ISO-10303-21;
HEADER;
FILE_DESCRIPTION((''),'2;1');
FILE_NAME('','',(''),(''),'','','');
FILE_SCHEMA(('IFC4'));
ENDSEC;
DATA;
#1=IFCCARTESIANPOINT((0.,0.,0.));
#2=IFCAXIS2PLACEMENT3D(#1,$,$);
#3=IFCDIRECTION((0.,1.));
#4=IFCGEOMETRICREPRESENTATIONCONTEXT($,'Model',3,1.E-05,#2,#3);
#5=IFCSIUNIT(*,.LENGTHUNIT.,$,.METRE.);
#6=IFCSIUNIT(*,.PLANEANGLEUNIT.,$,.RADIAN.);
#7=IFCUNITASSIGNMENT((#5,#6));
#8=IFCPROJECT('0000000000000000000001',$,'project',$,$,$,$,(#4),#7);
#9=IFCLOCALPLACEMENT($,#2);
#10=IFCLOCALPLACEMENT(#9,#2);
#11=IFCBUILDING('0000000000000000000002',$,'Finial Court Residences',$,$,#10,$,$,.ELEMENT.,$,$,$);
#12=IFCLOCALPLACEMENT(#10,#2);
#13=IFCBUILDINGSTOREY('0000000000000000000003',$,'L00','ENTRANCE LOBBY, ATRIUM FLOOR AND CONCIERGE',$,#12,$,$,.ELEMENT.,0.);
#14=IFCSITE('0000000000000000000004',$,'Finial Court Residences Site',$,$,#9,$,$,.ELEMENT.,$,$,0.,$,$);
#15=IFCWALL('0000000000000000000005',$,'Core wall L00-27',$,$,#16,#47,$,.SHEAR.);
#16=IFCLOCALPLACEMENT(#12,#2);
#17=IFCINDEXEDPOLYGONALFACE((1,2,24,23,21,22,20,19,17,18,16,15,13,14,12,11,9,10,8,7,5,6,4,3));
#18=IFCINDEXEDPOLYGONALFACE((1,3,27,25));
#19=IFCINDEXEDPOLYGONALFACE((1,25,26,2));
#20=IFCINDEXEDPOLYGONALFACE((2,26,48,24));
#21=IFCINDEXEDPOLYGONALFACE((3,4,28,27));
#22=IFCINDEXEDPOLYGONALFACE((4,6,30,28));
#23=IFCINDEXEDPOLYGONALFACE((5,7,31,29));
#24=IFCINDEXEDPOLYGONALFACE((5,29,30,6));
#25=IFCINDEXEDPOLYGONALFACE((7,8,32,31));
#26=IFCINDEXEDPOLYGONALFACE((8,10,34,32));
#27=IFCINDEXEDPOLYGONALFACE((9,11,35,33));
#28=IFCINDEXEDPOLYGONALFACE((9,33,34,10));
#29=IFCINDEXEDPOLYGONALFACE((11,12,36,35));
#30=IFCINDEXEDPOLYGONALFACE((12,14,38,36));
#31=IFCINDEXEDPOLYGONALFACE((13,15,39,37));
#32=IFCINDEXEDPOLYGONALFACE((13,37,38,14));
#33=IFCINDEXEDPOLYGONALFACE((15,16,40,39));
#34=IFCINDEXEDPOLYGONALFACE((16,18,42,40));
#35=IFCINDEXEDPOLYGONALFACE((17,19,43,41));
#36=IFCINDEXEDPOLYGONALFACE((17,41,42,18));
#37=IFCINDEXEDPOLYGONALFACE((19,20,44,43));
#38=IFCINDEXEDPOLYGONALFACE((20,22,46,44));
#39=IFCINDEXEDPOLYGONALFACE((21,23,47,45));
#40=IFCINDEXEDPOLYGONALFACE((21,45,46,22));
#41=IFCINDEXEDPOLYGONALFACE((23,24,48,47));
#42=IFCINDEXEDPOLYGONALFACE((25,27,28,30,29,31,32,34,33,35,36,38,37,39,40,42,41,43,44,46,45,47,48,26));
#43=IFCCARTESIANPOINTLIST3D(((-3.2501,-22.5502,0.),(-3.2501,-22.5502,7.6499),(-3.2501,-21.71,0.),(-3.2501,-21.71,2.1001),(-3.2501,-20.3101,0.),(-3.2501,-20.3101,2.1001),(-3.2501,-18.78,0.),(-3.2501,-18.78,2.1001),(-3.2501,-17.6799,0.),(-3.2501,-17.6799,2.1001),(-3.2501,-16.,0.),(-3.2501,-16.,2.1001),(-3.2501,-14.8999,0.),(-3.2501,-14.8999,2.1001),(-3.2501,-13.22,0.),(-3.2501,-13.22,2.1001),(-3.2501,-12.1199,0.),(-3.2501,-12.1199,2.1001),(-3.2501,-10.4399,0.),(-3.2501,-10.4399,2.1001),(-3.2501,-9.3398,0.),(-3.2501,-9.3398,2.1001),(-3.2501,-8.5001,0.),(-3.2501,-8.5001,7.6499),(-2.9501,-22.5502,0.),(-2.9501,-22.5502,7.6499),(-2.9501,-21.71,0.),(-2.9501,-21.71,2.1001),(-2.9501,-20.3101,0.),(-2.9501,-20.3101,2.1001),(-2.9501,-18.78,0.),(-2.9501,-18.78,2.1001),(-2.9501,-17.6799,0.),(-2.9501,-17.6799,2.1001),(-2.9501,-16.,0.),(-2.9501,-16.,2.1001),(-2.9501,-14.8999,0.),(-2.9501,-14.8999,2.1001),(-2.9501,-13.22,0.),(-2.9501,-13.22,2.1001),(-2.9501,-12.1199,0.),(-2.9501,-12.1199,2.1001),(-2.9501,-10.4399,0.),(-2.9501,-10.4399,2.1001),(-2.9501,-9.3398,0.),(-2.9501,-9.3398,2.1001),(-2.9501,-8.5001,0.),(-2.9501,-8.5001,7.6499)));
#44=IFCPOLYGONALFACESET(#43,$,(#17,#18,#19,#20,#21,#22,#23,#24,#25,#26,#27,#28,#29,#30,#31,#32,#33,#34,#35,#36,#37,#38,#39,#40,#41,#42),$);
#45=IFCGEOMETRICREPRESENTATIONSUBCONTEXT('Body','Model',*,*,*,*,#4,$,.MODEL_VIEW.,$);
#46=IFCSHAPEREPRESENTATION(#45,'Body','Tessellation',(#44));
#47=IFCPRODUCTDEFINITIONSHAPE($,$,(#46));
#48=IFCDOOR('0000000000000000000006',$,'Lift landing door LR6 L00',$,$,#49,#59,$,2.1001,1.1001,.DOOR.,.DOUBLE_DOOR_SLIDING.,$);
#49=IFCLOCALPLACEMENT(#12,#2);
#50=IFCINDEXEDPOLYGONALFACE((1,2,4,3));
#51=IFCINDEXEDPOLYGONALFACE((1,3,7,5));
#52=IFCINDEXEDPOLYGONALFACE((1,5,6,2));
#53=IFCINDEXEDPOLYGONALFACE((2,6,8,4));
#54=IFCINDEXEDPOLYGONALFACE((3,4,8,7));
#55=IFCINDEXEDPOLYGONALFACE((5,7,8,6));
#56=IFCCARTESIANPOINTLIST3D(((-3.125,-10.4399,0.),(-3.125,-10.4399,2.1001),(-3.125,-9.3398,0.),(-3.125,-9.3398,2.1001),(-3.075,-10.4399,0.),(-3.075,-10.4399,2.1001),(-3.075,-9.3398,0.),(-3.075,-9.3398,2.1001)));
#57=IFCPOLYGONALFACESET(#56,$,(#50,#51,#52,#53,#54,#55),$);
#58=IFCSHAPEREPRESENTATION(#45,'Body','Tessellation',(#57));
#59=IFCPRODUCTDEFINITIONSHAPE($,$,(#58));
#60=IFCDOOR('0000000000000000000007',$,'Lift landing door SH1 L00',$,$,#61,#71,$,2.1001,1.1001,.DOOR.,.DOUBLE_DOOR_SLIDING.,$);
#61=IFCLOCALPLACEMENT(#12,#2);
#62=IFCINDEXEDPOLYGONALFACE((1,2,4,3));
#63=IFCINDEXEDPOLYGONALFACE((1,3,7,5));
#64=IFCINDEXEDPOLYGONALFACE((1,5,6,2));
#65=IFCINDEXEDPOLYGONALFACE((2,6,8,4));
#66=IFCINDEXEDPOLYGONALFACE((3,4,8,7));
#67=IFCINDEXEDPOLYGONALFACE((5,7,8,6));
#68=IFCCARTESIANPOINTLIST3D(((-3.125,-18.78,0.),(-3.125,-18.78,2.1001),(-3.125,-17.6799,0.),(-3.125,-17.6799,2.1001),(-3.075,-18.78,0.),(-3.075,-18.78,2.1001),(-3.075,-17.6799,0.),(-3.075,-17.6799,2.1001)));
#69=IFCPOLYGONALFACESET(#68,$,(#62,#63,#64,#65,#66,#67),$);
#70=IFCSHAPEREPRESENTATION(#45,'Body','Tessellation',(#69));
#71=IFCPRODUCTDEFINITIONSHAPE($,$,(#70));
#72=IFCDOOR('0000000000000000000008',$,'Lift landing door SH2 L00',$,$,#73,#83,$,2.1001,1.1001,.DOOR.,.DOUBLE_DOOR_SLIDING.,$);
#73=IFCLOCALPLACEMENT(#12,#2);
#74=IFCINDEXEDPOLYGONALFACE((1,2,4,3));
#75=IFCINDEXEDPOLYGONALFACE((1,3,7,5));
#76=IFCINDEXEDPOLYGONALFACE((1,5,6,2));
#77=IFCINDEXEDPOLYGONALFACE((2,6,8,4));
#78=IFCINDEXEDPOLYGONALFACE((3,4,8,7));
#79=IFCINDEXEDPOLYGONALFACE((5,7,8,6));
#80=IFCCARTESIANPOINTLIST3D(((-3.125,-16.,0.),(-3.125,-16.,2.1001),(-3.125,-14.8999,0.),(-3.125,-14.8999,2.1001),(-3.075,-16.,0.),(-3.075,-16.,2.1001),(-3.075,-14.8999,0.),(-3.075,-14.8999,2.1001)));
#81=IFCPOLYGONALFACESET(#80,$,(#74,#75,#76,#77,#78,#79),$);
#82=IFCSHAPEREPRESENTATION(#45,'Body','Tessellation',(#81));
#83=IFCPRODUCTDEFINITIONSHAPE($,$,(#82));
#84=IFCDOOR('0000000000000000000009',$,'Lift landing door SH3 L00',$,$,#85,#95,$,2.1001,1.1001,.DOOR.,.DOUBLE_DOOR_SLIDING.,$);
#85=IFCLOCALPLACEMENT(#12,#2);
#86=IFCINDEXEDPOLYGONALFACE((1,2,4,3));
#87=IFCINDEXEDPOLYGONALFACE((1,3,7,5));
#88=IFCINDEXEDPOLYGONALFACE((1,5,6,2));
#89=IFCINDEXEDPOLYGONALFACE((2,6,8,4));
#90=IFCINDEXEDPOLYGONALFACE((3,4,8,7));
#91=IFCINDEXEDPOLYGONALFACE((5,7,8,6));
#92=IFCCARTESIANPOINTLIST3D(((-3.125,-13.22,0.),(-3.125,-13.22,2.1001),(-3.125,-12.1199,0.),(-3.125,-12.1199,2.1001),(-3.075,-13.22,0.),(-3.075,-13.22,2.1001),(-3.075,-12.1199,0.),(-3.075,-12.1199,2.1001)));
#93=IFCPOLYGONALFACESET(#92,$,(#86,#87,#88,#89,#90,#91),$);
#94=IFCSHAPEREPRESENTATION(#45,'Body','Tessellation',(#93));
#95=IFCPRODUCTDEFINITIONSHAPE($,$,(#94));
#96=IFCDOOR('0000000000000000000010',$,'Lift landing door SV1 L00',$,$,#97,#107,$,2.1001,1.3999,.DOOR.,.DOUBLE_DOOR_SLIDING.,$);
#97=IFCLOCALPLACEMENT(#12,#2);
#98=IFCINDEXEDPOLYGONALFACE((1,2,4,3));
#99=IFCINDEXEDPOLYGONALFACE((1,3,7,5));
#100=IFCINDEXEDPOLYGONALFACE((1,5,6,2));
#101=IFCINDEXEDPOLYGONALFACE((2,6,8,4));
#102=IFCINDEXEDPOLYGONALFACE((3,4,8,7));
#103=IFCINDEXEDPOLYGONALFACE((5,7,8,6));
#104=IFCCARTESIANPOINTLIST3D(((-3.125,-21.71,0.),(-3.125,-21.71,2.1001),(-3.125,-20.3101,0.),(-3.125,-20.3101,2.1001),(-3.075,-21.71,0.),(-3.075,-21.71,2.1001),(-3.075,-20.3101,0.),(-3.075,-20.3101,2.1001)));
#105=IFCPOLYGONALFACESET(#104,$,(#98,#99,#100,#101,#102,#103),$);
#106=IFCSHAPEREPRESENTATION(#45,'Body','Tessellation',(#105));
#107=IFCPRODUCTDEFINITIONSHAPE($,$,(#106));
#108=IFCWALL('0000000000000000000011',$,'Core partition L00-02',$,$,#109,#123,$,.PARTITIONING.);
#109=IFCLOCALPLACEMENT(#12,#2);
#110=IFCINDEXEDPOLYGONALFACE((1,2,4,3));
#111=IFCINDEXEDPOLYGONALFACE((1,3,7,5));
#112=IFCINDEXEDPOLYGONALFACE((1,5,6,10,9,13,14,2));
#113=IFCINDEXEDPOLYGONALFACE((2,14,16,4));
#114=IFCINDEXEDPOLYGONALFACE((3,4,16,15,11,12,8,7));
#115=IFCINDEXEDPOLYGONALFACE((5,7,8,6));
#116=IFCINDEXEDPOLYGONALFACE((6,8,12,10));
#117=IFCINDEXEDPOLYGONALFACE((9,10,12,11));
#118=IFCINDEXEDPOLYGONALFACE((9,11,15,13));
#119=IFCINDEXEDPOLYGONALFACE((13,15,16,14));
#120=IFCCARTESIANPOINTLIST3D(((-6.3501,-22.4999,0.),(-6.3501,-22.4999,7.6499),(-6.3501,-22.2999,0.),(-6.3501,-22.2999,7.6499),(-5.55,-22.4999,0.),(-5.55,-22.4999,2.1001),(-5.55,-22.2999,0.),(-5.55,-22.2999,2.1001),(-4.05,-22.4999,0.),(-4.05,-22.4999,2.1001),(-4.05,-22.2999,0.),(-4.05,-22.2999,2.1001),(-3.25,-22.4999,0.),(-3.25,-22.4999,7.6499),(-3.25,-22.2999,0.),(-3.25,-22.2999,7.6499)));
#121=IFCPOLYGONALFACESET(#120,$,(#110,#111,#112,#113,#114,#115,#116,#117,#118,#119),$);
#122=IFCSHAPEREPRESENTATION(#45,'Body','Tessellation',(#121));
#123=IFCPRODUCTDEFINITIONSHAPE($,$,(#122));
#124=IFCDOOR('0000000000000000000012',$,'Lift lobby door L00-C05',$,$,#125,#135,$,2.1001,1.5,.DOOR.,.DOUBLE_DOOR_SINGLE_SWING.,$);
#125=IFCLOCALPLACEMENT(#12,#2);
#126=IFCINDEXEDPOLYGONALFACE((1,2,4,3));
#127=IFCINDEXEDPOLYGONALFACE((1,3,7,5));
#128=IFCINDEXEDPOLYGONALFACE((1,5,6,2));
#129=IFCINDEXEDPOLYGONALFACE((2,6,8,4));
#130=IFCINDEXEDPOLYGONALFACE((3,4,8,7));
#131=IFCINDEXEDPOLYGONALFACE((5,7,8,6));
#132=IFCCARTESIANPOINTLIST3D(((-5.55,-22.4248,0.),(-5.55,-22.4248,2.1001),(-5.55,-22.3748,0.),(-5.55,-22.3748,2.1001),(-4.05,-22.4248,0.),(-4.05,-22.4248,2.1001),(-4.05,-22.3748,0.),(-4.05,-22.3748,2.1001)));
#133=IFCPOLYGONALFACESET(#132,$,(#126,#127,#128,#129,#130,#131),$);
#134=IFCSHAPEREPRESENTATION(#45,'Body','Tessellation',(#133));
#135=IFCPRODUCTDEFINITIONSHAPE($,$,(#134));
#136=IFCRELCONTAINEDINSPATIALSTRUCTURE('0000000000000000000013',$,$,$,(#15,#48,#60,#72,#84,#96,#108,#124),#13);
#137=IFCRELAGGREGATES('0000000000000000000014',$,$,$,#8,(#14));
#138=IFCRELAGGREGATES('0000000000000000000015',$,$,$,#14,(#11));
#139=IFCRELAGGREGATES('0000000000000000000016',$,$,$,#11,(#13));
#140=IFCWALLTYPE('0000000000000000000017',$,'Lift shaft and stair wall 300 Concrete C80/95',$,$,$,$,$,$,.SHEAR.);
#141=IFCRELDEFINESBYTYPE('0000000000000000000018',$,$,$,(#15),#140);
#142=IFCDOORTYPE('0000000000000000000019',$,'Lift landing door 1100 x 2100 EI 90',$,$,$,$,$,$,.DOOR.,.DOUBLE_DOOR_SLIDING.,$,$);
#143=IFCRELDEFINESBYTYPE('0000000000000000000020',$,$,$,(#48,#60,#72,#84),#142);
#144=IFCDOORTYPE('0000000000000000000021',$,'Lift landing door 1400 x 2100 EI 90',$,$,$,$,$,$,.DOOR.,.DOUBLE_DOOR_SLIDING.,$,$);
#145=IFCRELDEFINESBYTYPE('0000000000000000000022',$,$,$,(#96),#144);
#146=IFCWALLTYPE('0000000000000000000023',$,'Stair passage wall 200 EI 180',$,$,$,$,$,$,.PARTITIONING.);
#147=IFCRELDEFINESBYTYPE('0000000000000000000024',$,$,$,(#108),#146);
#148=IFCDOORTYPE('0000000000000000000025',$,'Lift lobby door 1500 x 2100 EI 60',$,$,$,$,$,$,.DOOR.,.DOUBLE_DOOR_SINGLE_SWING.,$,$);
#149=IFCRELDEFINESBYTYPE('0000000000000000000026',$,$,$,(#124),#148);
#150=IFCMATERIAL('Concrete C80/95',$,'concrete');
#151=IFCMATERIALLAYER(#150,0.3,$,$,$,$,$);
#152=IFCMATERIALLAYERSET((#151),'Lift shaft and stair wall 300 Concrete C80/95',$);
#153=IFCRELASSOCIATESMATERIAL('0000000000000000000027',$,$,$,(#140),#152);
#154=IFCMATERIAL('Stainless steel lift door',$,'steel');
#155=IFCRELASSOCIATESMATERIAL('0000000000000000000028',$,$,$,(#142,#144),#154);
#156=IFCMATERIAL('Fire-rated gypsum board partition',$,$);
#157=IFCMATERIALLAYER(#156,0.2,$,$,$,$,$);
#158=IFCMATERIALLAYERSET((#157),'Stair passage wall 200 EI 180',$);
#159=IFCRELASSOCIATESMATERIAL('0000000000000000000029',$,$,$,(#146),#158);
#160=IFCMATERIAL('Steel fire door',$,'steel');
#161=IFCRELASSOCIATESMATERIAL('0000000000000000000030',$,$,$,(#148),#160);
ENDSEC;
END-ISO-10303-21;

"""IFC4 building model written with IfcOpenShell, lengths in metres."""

from ifc_helpers import new_model, si_unit, direction, frame, frame_2d, origin, place, context, subcontext, project, spatial, rectangle, extrude, material, layer, layer_set, type_object, element, fill, save


model = new_model("IFC4")

# Units and contexts
model_context = context("Model", 3, precision=1e-05, world=origin(), true_north=direction((0.0, 1.0)))
body_context = subcontext(model_context, "Body", "Model", "MODEL_VIEW")
ifc_project = project(units=[si_unit("LENGTHUNIT", "METRE"), si_unit("PLANEANGLEUNIT", "RADIAN")], contexts=[model_context])

# Site, building, storey
site_placement = place(None, origin())
site = spatial("IfcSite", under=ifc_project, at=site_placement, Name="Finial Court Residences Site", CompositionType="ELEMENT", RefElevation=0.0)
building_placement = place(site_placement, origin())
building = spatial("IfcBuilding", under=site, at=building_placement, Name="Finial Court Residences", CompositionType="ELEMENT")
storey_placement = place(building_placement, origin())
storey = spatial("IfcBuildingStorey", under=building, at=storey_placement, Name="L00", Description="ENTRANCE LOBBY, ATRIUM FLOOR AND CONCIERGE", CompositionType="ELEMENT", Elevation=0.0)

# Shared definitions
ifc_material_1 = material(Name="Concrete C80/95", Category="concrete")

# Shared definitions
ifc_layer_1 = layer(ifc_material_1, 0.3)
ifc_layer_set_1 = layer_set([ifc_layer_1], Name="Lift shaft and stair wall 300 Concrete C80/95")
wall_type_1 = type_object("IfcWallType", Name="Lift shaft and stair wall 300 Concrete C80/95", PredefinedType="SHEAR", material=ifc_layer_set_1)

# Wall, openings, doors
ifc_material_2 = material(Name="Stainless steel lift door", Category="steel")
door_type_1 = type_object("IfcDoorType", Name="Lift landing door 1100 x 2100 EI 90", OperationType="DOUBLE_DOOR_SLIDING", PredefinedType="DOOR", material=ifc_material_2)
wall_1_placement = place(storey_placement, frame((-3.1001, -22.55, 0.0), z_axis=(0.0, 0.0, 1.0), x_axis=(0.0, 1.0, 0.0)))
wall_1 = element("IfcWall", 1, at=wall_1_placement, inside=storey, type_object=wall_type_1, Name="Core wall L00-27", PredefinedType="SHEAR", context=body_context, shape_type="SweptSolid", body=[
    extrude(rectangle(XDim=14.05, YDim=0.3, at=frame_2d((7.0249, 0.0))), origin(), (0.0, 0.0, 1.0), 7.6499),
])
opening_1_placement = place(wall_1_placement, frame((12.1101, 0.0, 0.0)))
opening_1 = element("IfcOpeningElement", 2, at=opening_1_placement, cuts=wall_1, PredefinedType="OPENING", context=body_context, shape_type="SweptSolid", body=[
    extrude(rectangle(XDim=1.1001, YDim=2.1001, at=frame_2d((0.55, 1.05))), frame((0.0, 0.1599, 0.0), z_axis=(0.0, -1.0, 0.0), x_axis=(1.0, 0.0, 0.0)), (0.0, 0.0, 1.0), 0.3201),
])
opening_2_placement = place(wall_1_placement, frame((3.77, 0.0, 0.0)))
opening_2 = element("IfcOpeningElement", 3, at=opening_2_placement, cuts=wall_1, PredefinedType="OPENING", context=body_context, shape_type="SweptSolid", body=[
    extrude(rectangle(XDim=1.1001, YDim=2.1001, at=frame_2d((0.55, 1.05))), frame((0.0, 0.1599, 0.0), z_axis=(0.0, -1.0, 0.0), x_axis=(1.0, 0.0, 0.0)), (0.0, 0.0, 1.0), 0.3201),
])
opening_3_placement = place(wall_1_placement, frame((6.55, 0.0, 0.0)))
opening_3 = element("IfcOpeningElement", 4, at=opening_3_placement, cuts=wall_1, PredefinedType="OPENING", context=body_context, shape_type="SweptSolid", body=[
    extrude(rectangle(XDim=1.1001, YDim=2.1001, at=frame_2d((0.55, 1.05))), frame((0.0, 0.1599, 0.0), z_axis=(0.0, -1.0, 0.0), x_axis=(1.0, 0.0, 0.0)), (0.0, 0.0, 1.0), 0.3201),
])
opening_4_placement = place(wall_1_placement, frame((9.3301, 0.0, 0.0)))
opening_4 = element("IfcOpeningElement", 5, at=opening_4_placement, cuts=wall_1, PredefinedType="OPENING", context=body_context, shape_type="SweptSolid", body=[
    extrude(rectangle(XDim=1.1001, YDim=2.1001, at=frame_2d((0.55, 1.05))), frame((0.0, 0.1599, 0.0), z_axis=(0.0, -1.0, 0.0), x_axis=(1.0, 0.0, 0.0)), (0.0, 0.0, 1.0), 0.3201),
])
opening_5_placement = place(wall_1_placement, frame((0.8401, 0.0, 0.0)))
opening_5 = element("IfcOpeningElement", 6, at=opening_5_placement, cuts=wall_1, PredefinedType="OPENING", context=body_context, shape_type="SweptSolid", body=[
    extrude(rectangle(XDim=1.3999, YDim=2.1001, at=frame_2d((0.7, 1.05))), frame((0.0, 0.1599, 0.0), z_axis=(0.0, -1.0, 0.0), x_axis=(1.0, 0.0, 0.0)), (0.0, 0.0, 1.0), 0.3201),
])
door_1_placement = place(opening_1_placement, origin())
door_1 = element("IfcDoor", 7, at=door_1_placement, inside=storey, type_object=door_type_1, Name="Lift landing door LR6 L00", OperationType="DOUBLE_DOOR_SLIDING", OverallHeight=2.1001, OverallWidth=1.1001, PredefinedType="DOOR", context=body_context, shape_type="SweptSolid", body=[
    extrude(rectangle(XDim=1.1001, YDim=2.1001, at=frame_2d((0.55, 1.05))), frame((0.0, 0.0249, 0.0), z_axis=(0.0, -1.0, 0.0), x_axis=(1.0, 0.0, 0.0)), (0.0, 0.0, 1.0), 0.05),
])
fill(opening_1, door_1)
door_2_placement = place(opening_2_placement, origin())
door_2 = element("IfcDoor", 8, at=door_2_placement, inside=storey, type_object=door_type_1, Name="Lift landing door SH1 L00", OperationType="DOUBLE_DOOR_SLIDING", OverallHeight=2.1001, OverallWidth=1.1001, PredefinedType="DOOR", context=body_context, shape_type="SweptSolid", body=[
    extrude(rectangle(XDim=1.1001, YDim=2.1001, at=frame_2d((0.55, 1.05))), frame((0.0, 0.0249, 0.0), z_axis=(0.0, -1.0, 0.0), x_axis=(1.0, 0.0, 0.0)), (0.0, 0.0, 1.0), 0.05),
])
fill(opening_2, door_2)
door_3_placement = place(opening_3_placement, origin())
door_3 = element("IfcDoor", 9, at=door_3_placement, inside=storey, type_object=door_type_1, Name="Lift landing door SH2 L00", OperationType="DOUBLE_DOOR_SLIDING", OverallHeight=2.1001, OverallWidth=1.1001, PredefinedType="DOOR", context=body_context, shape_type="SweptSolid", body=[
    extrude(rectangle(XDim=1.1001, YDim=2.1001, at=frame_2d((0.55, 1.05))), frame((0.0, 0.0249, 0.0), z_axis=(0.0, -1.0, 0.0), x_axis=(1.0, 0.0, 0.0)), (0.0, 0.0, 1.0), 0.05),
])
fill(opening_3, door_3)
door_4_placement = place(opening_4_placement, origin())
door_4 = element("IfcDoor", 10, at=door_4_placement, inside=storey, type_object=door_type_1, Name="Lift landing door SH3 L00", OperationType="DOUBLE_DOOR_SLIDING", OverallHeight=2.1001, OverallWidth=1.1001, PredefinedType="DOOR", context=body_context, shape_type="SweptSolid", body=[
    extrude(rectangle(XDim=1.1001, YDim=2.1001, at=frame_2d((0.55, 1.05))), frame((0.0, 0.0249, 0.0), z_axis=(0.0, -1.0, 0.0), x_axis=(1.0, 0.0, 0.0)), (0.0, 0.0, 1.0), 0.05),
])
fill(opening_4, door_4)
door_type_2 = type_object("IfcDoorType", Name="Lift landing door 1400 x 2100 EI 90", OperationType="DOUBLE_DOOR_SLIDING", PredefinedType="DOOR", material=ifc_material_2)
door_5_placement = place(opening_5_placement, origin())
door_5 = element("IfcDoor", 11, at=door_5_placement, inside=storey, type_object=door_type_2, Name="Lift landing door SV1 L00", OperationType="DOUBLE_DOOR_SLIDING", OverallHeight=2.1001, OverallWidth=1.3999, PredefinedType="DOOR", context=body_context, shape_type="SweptSolid", body=[
    extrude(rectangle(XDim=1.3999, YDim=2.1001, at=frame_2d((0.7, 1.05))), frame((0.0, 0.0249, 0.0), z_axis=(0.0, -1.0, 0.0), x_axis=(1.0, 0.0, 0.0)), (0.0, 0.0, 1.0), 0.05),
])
fill(opening_5, door_5)

# Wall, opening, door
ifc_material_3 = material(Name="Fire-rated gypsum board partition")
ifc_layer_2 = layer(ifc_material_3, 0.2)
ifc_layer_set_2 = layer_set([ifc_layer_2], Name="Stair passage wall 200 EI 180")
wall_type_2 = type_object("IfcWallType", Name="Stair passage wall 200 EI 180", PredefinedType="PARTITIONING", material=ifc_layer_set_2)
wall_2_placement = place(storey_placement, frame((-3.25, -22.3999, 0.0), z_axis=(0.0, 0.0, 1.0), x_axis=(-1.0, 0.0, 0.0)))
wall_2 = element("IfcWall", 12, at=wall_2_placement, inside=storey, type_object=wall_type_2, Name="Core partition L00-02", PredefinedType="PARTITIONING", context=body_context, shape_type="SweptSolid", body=[
    extrude(rectangle(XDim=3.1001, YDim=0.2, at=frame_2d((1.55, 0.0))), origin(), (0.0, 0.0, 1.0), 7.6499),
])
opening_6_placement = place(wall_2_placement, frame((0.8, 0.0, 0.0)))
opening_6 = element("IfcOpeningElement", 13, at=opening_6_placement, cuts=wall_2, PredefinedType="OPENING", context=body_context, shape_type="SweptSolid", body=[
    extrude(rectangle(XDim=1.5, YDim=2.1001, at=frame_2d((0.75, 1.05))), frame((0.0, 0.1099, 0.0), z_axis=(0.0, -1.0, 0.0), x_axis=(1.0, 0.0, 0.0)), (0.0, 0.0, 1.0), 0.22),
])
ifc_material_4 = material(Name="Steel fire door", Category="steel")
door_type_3 = type_object("IfcDoorType", Name="Lift lobby door 1500 x 2100 EI 60", OperationType="DOUBLE_DOOR_SINGLE_SWING", PredefinedType="DOOR", material=ifc_material_4)
door_6_placement = place(opening_6_placement, origin())
door_6 = element("IfcDoor", 14, at=door_6_placement, inside=storey, type_object=door_type_3, Name="Lift lobby door L00-C05", OperationType="DOUBLE_DOOR_SINGLE_SWING", OverallHeight=2.1001, OverallWidth=1.5, PredefinedType="DOOR", context=body_context, shape_type="SweptSolid", body=[
    extrude(rectangle(XDim=1.5, YDim=2.1001, at=frame_2d((0.75, 1.05))), frame((0.0, 0.0249, 0.0), z_axis=(0.0, -1.0, 0.0), x_axis=(1.0, 0.0, 0.0)), (0.0, 0.0, 1.0), 0.05),
])
fill(opening_6, door_6)

save(model, "model.ifc")
